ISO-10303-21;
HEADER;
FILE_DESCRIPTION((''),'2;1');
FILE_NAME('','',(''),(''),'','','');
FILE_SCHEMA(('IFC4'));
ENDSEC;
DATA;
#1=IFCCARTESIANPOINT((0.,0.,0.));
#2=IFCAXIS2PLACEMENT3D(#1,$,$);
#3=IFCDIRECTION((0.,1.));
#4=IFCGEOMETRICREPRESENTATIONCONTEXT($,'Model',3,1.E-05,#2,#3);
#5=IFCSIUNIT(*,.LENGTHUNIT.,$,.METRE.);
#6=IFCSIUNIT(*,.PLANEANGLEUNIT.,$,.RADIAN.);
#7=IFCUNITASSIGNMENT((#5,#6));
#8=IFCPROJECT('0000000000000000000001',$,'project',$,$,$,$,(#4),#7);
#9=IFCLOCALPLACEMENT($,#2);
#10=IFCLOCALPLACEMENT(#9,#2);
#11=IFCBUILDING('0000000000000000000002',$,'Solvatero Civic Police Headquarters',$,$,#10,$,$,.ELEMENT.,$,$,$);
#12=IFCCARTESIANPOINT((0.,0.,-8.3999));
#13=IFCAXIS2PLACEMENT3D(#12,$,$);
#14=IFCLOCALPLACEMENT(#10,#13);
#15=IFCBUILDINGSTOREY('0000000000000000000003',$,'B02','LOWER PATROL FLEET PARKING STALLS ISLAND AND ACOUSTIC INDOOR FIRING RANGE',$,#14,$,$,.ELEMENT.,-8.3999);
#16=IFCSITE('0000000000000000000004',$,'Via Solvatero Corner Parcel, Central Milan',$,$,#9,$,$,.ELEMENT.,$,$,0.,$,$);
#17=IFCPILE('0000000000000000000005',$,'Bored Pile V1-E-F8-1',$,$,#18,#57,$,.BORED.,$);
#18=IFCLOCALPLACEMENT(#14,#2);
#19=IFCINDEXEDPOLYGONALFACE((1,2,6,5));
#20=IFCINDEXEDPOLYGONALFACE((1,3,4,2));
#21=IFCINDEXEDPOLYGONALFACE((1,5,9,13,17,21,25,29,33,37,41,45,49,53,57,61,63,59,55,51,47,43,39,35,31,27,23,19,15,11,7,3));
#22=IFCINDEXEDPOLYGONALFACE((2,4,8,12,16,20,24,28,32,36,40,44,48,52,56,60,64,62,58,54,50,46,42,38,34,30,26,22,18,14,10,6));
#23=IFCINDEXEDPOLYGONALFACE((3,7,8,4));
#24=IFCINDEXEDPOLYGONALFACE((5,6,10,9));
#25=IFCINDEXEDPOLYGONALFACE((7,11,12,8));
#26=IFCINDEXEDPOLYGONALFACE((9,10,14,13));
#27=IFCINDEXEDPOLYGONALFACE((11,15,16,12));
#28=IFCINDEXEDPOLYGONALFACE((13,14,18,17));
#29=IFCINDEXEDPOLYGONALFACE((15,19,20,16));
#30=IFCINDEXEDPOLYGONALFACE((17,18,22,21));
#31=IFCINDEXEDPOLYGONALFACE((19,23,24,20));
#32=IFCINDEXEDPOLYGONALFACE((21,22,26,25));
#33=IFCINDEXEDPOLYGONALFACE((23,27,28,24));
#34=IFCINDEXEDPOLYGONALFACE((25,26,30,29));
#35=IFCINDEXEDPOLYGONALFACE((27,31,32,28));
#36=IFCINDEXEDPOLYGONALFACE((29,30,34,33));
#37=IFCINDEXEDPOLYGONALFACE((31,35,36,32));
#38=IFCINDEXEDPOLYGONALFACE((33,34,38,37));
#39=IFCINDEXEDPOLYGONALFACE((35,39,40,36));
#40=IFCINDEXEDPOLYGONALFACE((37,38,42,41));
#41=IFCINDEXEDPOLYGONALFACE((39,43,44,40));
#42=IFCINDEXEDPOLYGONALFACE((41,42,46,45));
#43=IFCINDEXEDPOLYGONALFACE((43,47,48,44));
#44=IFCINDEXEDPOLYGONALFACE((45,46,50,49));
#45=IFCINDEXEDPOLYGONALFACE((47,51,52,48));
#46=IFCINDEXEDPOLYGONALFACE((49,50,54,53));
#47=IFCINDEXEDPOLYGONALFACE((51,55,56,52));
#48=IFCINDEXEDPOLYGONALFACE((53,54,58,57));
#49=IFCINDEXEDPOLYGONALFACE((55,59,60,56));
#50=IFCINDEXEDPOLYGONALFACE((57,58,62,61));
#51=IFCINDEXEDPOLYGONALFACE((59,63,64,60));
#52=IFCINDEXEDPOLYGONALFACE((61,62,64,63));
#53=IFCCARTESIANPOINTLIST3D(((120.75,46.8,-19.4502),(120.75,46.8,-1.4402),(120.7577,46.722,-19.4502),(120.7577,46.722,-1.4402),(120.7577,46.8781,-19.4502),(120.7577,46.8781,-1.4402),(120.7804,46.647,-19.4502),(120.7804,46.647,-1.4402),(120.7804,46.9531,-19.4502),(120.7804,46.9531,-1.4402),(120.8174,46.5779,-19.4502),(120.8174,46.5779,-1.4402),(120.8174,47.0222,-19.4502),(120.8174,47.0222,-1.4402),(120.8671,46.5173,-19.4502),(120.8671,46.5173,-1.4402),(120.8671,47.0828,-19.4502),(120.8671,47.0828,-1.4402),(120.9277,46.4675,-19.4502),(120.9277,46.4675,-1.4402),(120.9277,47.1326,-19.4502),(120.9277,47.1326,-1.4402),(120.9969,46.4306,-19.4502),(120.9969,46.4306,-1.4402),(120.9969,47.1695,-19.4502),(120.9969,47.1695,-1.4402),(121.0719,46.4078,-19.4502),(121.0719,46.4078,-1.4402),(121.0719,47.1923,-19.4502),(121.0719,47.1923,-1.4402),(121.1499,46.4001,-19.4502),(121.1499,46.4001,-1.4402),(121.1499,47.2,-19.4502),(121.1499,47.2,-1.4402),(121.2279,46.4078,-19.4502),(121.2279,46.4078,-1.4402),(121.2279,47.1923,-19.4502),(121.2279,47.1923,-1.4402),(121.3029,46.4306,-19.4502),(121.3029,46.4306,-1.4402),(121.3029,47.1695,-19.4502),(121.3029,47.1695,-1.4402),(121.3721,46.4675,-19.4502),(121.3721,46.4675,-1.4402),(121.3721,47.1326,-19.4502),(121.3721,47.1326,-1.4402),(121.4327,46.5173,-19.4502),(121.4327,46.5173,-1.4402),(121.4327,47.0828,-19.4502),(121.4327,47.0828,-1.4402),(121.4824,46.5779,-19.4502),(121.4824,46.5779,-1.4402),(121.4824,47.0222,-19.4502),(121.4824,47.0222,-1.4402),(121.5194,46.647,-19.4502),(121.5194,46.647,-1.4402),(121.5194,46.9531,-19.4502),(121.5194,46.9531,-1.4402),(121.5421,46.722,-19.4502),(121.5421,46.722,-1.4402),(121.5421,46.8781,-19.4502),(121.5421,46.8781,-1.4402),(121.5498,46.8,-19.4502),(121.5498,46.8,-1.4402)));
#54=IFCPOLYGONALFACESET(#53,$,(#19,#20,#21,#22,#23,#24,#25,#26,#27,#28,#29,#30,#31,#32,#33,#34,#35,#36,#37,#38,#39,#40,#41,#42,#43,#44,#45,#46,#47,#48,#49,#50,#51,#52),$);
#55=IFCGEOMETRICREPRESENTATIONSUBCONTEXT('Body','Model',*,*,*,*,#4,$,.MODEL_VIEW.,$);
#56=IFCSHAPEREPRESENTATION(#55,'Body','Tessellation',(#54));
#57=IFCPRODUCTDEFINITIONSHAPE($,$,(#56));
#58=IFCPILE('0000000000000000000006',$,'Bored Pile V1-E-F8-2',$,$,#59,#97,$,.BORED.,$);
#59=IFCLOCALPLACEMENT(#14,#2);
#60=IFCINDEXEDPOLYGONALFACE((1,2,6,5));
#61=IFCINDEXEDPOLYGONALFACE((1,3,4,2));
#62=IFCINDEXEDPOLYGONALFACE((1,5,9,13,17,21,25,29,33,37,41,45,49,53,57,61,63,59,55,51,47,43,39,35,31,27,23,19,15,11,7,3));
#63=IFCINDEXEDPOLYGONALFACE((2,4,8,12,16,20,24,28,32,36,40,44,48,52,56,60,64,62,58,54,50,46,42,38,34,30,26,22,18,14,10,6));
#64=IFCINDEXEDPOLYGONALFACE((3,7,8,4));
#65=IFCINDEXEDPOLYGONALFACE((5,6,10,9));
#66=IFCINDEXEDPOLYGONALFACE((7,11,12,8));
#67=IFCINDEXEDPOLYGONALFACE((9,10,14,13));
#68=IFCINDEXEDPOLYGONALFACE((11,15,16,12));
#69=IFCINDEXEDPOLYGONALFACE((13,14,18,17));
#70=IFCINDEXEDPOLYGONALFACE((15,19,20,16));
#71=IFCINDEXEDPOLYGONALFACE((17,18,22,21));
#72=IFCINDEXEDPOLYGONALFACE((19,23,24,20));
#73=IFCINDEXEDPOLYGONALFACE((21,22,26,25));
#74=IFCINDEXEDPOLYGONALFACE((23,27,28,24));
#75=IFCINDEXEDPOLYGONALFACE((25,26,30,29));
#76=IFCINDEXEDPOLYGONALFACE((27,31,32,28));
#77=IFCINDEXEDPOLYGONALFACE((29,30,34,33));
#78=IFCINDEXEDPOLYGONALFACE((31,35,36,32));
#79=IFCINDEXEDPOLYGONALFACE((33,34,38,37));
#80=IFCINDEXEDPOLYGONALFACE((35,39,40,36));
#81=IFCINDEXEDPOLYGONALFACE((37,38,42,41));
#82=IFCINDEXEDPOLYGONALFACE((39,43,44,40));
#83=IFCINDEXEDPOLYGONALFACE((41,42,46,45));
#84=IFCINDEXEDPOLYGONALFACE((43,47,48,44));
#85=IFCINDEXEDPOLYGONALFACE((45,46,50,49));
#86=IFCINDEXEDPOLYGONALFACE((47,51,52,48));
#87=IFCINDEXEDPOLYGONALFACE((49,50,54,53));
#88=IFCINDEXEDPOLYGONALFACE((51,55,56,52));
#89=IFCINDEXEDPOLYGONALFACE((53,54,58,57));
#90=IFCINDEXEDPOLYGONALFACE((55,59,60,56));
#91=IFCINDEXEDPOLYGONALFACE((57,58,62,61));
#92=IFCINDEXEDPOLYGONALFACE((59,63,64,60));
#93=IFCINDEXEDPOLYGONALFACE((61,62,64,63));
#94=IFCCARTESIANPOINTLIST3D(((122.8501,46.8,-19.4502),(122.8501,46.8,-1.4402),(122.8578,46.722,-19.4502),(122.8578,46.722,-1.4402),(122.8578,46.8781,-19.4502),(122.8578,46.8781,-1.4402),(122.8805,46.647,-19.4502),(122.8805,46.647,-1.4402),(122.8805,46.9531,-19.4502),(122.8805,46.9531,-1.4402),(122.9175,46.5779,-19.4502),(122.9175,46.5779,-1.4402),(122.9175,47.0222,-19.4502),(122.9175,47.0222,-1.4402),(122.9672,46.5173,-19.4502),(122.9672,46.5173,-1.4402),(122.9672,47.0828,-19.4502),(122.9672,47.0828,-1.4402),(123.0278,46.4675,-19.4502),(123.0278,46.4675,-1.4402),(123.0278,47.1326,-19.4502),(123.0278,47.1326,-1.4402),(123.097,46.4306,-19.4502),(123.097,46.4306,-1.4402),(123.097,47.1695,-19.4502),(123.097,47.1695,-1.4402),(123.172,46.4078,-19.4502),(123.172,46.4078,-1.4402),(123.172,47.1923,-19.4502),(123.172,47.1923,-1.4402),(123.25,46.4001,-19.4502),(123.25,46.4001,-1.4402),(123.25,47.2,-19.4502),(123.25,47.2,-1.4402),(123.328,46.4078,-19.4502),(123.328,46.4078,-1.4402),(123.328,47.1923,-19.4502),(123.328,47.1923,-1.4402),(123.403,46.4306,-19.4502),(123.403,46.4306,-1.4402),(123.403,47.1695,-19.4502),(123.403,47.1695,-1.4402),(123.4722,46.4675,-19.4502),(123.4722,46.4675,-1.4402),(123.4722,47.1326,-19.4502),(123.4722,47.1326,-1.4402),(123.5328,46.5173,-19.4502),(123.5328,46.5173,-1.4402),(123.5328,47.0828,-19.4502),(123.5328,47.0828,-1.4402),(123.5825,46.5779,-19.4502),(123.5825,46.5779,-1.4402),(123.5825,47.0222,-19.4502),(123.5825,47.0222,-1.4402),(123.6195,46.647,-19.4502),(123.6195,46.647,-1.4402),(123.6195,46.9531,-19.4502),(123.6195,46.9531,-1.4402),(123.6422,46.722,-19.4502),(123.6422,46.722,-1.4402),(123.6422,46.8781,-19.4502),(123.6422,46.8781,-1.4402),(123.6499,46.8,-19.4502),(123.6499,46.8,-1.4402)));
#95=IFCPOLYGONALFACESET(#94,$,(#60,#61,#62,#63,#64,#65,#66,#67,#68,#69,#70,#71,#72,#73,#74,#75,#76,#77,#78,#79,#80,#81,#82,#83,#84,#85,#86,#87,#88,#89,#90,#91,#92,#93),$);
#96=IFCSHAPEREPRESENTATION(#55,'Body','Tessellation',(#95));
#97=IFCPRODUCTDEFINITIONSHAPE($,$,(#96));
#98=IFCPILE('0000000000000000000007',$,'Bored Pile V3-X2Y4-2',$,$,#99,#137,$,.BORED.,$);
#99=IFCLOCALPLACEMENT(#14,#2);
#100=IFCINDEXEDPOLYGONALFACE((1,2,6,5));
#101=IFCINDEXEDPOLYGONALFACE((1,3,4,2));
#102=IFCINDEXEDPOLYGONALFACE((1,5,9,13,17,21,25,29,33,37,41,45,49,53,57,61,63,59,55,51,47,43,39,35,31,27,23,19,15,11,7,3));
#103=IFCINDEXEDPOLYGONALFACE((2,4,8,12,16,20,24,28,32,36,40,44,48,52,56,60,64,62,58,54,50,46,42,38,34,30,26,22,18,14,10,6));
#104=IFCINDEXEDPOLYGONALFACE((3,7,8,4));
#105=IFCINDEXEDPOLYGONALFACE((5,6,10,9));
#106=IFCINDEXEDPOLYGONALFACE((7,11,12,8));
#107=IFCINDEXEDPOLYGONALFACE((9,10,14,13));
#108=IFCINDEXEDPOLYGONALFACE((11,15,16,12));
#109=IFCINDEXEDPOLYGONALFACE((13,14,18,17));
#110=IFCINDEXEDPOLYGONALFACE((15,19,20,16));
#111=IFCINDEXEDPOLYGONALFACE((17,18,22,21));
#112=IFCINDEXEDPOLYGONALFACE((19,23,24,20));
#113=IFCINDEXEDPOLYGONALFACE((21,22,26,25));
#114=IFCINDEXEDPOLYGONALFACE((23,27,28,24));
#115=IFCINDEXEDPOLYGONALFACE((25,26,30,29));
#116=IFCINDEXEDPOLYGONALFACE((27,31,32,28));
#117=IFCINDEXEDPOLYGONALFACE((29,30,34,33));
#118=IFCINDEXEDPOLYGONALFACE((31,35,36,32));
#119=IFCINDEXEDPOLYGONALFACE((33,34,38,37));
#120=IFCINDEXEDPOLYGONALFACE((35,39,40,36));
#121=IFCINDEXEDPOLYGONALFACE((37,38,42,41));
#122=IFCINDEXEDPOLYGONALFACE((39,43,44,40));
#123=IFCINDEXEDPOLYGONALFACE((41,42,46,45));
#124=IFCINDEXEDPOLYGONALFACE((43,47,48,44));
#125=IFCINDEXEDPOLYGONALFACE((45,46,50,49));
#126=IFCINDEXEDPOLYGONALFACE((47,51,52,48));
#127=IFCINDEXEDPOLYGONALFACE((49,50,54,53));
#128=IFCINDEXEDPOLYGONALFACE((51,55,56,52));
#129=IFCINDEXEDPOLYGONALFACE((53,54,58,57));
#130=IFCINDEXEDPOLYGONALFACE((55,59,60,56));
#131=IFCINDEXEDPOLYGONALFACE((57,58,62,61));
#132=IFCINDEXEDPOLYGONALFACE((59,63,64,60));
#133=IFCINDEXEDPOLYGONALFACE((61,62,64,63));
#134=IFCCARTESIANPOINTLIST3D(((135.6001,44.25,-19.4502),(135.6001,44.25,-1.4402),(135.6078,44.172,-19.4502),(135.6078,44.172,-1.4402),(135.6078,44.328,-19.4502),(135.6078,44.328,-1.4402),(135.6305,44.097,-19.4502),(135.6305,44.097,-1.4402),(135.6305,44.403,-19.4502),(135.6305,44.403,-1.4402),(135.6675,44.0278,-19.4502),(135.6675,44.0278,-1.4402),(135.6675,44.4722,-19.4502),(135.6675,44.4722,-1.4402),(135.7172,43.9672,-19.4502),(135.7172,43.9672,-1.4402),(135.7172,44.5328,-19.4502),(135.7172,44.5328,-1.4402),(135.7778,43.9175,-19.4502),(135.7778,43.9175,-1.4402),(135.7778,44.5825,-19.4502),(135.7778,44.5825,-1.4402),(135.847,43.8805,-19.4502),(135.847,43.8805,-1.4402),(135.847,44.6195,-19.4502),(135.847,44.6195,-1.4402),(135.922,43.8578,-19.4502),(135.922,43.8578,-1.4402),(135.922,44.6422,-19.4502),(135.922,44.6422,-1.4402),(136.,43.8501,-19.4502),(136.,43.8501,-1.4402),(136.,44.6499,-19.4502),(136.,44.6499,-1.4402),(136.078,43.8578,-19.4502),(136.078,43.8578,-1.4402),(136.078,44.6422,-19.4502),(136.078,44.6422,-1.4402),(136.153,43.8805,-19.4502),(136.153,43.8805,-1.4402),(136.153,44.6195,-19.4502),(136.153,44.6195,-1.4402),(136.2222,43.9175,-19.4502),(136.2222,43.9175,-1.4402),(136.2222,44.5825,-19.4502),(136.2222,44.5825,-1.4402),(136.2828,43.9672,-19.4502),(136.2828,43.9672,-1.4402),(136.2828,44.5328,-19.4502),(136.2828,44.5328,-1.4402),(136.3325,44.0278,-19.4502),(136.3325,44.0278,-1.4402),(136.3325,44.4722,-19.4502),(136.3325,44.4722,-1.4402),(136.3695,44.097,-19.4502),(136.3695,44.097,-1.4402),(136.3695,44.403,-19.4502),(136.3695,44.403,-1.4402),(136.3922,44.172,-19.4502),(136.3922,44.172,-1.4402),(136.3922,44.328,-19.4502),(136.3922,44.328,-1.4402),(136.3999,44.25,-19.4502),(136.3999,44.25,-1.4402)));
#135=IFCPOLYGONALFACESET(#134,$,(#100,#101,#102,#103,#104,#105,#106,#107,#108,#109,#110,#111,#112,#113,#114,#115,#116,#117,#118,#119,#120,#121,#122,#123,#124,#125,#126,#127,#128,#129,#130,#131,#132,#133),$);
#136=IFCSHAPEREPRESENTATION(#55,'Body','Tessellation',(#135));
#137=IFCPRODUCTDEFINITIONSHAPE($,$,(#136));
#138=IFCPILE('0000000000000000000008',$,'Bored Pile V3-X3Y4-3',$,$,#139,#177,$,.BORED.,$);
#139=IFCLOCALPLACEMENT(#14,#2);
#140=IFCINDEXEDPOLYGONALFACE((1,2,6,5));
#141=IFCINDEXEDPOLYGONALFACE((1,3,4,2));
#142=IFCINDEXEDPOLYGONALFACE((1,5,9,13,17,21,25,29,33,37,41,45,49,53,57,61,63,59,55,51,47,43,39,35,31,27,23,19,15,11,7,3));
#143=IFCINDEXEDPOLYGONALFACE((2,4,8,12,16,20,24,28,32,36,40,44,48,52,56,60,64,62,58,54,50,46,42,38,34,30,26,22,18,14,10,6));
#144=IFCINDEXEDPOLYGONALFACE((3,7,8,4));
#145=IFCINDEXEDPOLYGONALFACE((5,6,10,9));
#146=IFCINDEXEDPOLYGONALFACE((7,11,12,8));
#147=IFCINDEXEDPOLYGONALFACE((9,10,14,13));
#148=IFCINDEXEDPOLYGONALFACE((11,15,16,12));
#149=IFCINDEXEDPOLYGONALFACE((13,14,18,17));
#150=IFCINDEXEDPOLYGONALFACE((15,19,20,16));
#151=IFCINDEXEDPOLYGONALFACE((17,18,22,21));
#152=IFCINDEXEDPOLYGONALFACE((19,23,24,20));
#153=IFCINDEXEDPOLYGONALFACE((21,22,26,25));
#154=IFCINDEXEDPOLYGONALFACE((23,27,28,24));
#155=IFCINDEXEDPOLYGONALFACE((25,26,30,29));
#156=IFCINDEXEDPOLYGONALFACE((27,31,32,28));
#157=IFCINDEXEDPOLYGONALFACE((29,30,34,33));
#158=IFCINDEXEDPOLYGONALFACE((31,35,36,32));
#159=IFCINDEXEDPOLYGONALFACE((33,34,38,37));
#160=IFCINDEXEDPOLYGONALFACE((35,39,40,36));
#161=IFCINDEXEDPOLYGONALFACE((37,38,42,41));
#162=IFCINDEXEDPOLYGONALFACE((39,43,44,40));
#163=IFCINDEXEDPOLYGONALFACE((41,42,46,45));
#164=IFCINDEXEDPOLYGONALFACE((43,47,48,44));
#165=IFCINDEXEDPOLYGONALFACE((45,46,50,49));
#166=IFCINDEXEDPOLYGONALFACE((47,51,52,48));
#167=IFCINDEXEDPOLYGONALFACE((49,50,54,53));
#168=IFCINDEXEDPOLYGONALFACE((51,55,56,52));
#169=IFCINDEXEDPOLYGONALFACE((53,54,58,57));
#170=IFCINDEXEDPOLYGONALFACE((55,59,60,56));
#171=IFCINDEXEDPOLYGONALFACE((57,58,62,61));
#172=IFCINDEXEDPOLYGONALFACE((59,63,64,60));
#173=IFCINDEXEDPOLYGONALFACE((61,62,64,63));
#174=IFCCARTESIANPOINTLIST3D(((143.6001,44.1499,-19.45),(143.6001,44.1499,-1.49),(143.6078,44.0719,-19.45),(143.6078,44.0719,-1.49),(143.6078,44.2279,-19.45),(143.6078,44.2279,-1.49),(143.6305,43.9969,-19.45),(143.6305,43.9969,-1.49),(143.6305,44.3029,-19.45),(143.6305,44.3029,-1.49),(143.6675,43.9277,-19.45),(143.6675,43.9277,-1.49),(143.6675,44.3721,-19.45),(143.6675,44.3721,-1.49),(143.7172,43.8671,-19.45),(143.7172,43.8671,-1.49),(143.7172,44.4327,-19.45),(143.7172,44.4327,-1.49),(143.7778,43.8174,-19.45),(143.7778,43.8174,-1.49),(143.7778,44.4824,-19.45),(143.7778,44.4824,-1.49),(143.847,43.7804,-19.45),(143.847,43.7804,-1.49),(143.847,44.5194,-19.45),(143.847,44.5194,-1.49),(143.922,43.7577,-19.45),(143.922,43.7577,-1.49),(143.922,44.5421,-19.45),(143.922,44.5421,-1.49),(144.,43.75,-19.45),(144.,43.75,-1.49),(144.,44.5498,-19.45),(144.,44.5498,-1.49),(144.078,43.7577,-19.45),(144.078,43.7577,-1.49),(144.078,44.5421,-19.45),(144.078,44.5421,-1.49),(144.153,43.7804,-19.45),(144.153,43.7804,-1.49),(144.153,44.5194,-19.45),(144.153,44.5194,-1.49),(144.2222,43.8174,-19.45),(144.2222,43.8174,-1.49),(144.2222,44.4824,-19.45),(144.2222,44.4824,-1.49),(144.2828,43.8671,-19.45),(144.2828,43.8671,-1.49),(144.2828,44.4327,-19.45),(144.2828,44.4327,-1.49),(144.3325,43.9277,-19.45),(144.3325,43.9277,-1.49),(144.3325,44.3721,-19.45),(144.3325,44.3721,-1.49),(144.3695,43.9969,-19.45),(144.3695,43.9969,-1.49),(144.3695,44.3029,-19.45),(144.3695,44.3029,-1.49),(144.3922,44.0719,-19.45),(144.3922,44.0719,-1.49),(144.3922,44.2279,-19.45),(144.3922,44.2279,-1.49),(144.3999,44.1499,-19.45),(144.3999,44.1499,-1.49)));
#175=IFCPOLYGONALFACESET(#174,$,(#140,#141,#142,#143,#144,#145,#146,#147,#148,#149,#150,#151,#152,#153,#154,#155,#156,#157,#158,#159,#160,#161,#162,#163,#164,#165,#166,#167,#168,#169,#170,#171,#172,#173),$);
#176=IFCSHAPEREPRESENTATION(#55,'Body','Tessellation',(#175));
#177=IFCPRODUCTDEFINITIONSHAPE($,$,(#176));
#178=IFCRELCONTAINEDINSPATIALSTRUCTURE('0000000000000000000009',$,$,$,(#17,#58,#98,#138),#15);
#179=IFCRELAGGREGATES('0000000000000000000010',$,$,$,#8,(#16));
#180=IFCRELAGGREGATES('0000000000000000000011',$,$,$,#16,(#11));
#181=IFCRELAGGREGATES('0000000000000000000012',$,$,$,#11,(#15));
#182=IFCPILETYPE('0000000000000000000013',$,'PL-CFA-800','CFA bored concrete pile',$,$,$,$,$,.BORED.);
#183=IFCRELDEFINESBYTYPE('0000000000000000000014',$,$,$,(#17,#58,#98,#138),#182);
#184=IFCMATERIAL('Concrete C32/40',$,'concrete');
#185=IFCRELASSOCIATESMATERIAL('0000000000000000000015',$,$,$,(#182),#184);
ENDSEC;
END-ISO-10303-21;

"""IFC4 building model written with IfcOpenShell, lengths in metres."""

from ifc_helpers import new_model, si_unit, direction, frame, origin, origin_2d, place, context, subcontext, project, spatial, circle, extrude, material, material_profile, profile_set, type_object, element, save


model = new_model("IFC4")

# Units and contexts
model_context = context("Model", 3, precision=1e-05, world=origin(), true_north=direction((0.0, 1.0)))
body_context = subcontext(model_context, "Body", "Model", "MODEL_VIEW")
ifc_project = project(units=[si_unit("LENGTHUNIT", "METRE"), si_unit("PLANEANGLEUNIT", "RADIAN")], contexts=[model_context])

# Site, building, storey
site_placement = place(None, origin())
site = spatial("IfcSite", under=ifc_project, at=site_placement, Name="Via Solvatero Corner Parcel, Central Milan", CompositionType="ELEMENT", RefElevation=0.0)
building_placement = place(site_placement, origin())
building = spatial("IfcBuilding", under=site, at=building_placement, Name="Solvatero Civic Police Headquarters", CompositionType="ELEMENT")
storey_placement = place(building_placement, frame((0.0, 0.0, -8.3999)))
storey = spatial("IfcBuildingStorey", under=building, at=storey_placement, Name="B02", Description="LOWER PATROL FLEET PARKING STALLS ISLAND AND ACOUSTIC INDOOR FIRING RANGE", CompositionType="ELEMENT", Elevation=-8.3999)

# Piles
ifc_material_1 = material(Name="Concrete C32/40", Category="concrete")
ifc_material_profile_1 = material_profile(ifc_material_1, circle(Radius=0.3999, at=origin_2d()), Name="CFA PILE D800")
ifc_profile_set_1 = profile_set([ifc_material_profile_1], Name="Concrete C32/40")
pile_type = type_object("IfcPileType", Name="PL-CFA-800", Description="CFA bored concrete pile", PredefinedType="BORED", material=ifc_profile_set_1)
for number, where, z_axis, x_axis, name in (
    (1, (121.1499, 46.8, -1.4402), (0.0, 0.0, -1.0), (1.0, 0.0, 0.0), "Bored Pile V1-E-F8-1"),
    (2, (123.25, 46.8, -1.4402), (0.0, 0.0, -1.0), (1.0, 0.0, 0.0), "Bored Pile V1-E-F8-2"),
    (3, (136.0, 44.25, -1.4402), (0.0, 0.0, -1.0), (1.0, 0.0, 0.0), "Bored Pile V3-X2Y4-2"),
):
    element("IfcPile", number, at=place(storey_placement, frame(where, z_axis=z_axis, x_axis=x_axis)), inside=storey, type_object=pile_type, Name=name, PredefinedType="BORED", context=body_context, shape_type="SweptSolid", body=[
        extrude(circle(Radius=0.3999, at=origin_2d()), origin(), (0.0, 0.0, 1.0), 18.01),
    ])
pile_1_placement = place(storey_placement, frame((144.0, 44.1499, -1.49), z_axis=(0.0, 0.0, -1.0), x_axis=(1.0, 0.0, 0.0)))
element("IfcPile", 4, at=pile_1_placement, inside=storey, type_object=pile_type, Name="Bored Pile V3-X3Y4-3", PredefinedType="BORED", context=body_context, shape_type="SweptSolid", body=[
    extrude(circle(Radius=0.3999, at=origin_2d()), origin(), (0.0, 0.0, 1.0), 17.96),
])

save(model, "model.ifc")
